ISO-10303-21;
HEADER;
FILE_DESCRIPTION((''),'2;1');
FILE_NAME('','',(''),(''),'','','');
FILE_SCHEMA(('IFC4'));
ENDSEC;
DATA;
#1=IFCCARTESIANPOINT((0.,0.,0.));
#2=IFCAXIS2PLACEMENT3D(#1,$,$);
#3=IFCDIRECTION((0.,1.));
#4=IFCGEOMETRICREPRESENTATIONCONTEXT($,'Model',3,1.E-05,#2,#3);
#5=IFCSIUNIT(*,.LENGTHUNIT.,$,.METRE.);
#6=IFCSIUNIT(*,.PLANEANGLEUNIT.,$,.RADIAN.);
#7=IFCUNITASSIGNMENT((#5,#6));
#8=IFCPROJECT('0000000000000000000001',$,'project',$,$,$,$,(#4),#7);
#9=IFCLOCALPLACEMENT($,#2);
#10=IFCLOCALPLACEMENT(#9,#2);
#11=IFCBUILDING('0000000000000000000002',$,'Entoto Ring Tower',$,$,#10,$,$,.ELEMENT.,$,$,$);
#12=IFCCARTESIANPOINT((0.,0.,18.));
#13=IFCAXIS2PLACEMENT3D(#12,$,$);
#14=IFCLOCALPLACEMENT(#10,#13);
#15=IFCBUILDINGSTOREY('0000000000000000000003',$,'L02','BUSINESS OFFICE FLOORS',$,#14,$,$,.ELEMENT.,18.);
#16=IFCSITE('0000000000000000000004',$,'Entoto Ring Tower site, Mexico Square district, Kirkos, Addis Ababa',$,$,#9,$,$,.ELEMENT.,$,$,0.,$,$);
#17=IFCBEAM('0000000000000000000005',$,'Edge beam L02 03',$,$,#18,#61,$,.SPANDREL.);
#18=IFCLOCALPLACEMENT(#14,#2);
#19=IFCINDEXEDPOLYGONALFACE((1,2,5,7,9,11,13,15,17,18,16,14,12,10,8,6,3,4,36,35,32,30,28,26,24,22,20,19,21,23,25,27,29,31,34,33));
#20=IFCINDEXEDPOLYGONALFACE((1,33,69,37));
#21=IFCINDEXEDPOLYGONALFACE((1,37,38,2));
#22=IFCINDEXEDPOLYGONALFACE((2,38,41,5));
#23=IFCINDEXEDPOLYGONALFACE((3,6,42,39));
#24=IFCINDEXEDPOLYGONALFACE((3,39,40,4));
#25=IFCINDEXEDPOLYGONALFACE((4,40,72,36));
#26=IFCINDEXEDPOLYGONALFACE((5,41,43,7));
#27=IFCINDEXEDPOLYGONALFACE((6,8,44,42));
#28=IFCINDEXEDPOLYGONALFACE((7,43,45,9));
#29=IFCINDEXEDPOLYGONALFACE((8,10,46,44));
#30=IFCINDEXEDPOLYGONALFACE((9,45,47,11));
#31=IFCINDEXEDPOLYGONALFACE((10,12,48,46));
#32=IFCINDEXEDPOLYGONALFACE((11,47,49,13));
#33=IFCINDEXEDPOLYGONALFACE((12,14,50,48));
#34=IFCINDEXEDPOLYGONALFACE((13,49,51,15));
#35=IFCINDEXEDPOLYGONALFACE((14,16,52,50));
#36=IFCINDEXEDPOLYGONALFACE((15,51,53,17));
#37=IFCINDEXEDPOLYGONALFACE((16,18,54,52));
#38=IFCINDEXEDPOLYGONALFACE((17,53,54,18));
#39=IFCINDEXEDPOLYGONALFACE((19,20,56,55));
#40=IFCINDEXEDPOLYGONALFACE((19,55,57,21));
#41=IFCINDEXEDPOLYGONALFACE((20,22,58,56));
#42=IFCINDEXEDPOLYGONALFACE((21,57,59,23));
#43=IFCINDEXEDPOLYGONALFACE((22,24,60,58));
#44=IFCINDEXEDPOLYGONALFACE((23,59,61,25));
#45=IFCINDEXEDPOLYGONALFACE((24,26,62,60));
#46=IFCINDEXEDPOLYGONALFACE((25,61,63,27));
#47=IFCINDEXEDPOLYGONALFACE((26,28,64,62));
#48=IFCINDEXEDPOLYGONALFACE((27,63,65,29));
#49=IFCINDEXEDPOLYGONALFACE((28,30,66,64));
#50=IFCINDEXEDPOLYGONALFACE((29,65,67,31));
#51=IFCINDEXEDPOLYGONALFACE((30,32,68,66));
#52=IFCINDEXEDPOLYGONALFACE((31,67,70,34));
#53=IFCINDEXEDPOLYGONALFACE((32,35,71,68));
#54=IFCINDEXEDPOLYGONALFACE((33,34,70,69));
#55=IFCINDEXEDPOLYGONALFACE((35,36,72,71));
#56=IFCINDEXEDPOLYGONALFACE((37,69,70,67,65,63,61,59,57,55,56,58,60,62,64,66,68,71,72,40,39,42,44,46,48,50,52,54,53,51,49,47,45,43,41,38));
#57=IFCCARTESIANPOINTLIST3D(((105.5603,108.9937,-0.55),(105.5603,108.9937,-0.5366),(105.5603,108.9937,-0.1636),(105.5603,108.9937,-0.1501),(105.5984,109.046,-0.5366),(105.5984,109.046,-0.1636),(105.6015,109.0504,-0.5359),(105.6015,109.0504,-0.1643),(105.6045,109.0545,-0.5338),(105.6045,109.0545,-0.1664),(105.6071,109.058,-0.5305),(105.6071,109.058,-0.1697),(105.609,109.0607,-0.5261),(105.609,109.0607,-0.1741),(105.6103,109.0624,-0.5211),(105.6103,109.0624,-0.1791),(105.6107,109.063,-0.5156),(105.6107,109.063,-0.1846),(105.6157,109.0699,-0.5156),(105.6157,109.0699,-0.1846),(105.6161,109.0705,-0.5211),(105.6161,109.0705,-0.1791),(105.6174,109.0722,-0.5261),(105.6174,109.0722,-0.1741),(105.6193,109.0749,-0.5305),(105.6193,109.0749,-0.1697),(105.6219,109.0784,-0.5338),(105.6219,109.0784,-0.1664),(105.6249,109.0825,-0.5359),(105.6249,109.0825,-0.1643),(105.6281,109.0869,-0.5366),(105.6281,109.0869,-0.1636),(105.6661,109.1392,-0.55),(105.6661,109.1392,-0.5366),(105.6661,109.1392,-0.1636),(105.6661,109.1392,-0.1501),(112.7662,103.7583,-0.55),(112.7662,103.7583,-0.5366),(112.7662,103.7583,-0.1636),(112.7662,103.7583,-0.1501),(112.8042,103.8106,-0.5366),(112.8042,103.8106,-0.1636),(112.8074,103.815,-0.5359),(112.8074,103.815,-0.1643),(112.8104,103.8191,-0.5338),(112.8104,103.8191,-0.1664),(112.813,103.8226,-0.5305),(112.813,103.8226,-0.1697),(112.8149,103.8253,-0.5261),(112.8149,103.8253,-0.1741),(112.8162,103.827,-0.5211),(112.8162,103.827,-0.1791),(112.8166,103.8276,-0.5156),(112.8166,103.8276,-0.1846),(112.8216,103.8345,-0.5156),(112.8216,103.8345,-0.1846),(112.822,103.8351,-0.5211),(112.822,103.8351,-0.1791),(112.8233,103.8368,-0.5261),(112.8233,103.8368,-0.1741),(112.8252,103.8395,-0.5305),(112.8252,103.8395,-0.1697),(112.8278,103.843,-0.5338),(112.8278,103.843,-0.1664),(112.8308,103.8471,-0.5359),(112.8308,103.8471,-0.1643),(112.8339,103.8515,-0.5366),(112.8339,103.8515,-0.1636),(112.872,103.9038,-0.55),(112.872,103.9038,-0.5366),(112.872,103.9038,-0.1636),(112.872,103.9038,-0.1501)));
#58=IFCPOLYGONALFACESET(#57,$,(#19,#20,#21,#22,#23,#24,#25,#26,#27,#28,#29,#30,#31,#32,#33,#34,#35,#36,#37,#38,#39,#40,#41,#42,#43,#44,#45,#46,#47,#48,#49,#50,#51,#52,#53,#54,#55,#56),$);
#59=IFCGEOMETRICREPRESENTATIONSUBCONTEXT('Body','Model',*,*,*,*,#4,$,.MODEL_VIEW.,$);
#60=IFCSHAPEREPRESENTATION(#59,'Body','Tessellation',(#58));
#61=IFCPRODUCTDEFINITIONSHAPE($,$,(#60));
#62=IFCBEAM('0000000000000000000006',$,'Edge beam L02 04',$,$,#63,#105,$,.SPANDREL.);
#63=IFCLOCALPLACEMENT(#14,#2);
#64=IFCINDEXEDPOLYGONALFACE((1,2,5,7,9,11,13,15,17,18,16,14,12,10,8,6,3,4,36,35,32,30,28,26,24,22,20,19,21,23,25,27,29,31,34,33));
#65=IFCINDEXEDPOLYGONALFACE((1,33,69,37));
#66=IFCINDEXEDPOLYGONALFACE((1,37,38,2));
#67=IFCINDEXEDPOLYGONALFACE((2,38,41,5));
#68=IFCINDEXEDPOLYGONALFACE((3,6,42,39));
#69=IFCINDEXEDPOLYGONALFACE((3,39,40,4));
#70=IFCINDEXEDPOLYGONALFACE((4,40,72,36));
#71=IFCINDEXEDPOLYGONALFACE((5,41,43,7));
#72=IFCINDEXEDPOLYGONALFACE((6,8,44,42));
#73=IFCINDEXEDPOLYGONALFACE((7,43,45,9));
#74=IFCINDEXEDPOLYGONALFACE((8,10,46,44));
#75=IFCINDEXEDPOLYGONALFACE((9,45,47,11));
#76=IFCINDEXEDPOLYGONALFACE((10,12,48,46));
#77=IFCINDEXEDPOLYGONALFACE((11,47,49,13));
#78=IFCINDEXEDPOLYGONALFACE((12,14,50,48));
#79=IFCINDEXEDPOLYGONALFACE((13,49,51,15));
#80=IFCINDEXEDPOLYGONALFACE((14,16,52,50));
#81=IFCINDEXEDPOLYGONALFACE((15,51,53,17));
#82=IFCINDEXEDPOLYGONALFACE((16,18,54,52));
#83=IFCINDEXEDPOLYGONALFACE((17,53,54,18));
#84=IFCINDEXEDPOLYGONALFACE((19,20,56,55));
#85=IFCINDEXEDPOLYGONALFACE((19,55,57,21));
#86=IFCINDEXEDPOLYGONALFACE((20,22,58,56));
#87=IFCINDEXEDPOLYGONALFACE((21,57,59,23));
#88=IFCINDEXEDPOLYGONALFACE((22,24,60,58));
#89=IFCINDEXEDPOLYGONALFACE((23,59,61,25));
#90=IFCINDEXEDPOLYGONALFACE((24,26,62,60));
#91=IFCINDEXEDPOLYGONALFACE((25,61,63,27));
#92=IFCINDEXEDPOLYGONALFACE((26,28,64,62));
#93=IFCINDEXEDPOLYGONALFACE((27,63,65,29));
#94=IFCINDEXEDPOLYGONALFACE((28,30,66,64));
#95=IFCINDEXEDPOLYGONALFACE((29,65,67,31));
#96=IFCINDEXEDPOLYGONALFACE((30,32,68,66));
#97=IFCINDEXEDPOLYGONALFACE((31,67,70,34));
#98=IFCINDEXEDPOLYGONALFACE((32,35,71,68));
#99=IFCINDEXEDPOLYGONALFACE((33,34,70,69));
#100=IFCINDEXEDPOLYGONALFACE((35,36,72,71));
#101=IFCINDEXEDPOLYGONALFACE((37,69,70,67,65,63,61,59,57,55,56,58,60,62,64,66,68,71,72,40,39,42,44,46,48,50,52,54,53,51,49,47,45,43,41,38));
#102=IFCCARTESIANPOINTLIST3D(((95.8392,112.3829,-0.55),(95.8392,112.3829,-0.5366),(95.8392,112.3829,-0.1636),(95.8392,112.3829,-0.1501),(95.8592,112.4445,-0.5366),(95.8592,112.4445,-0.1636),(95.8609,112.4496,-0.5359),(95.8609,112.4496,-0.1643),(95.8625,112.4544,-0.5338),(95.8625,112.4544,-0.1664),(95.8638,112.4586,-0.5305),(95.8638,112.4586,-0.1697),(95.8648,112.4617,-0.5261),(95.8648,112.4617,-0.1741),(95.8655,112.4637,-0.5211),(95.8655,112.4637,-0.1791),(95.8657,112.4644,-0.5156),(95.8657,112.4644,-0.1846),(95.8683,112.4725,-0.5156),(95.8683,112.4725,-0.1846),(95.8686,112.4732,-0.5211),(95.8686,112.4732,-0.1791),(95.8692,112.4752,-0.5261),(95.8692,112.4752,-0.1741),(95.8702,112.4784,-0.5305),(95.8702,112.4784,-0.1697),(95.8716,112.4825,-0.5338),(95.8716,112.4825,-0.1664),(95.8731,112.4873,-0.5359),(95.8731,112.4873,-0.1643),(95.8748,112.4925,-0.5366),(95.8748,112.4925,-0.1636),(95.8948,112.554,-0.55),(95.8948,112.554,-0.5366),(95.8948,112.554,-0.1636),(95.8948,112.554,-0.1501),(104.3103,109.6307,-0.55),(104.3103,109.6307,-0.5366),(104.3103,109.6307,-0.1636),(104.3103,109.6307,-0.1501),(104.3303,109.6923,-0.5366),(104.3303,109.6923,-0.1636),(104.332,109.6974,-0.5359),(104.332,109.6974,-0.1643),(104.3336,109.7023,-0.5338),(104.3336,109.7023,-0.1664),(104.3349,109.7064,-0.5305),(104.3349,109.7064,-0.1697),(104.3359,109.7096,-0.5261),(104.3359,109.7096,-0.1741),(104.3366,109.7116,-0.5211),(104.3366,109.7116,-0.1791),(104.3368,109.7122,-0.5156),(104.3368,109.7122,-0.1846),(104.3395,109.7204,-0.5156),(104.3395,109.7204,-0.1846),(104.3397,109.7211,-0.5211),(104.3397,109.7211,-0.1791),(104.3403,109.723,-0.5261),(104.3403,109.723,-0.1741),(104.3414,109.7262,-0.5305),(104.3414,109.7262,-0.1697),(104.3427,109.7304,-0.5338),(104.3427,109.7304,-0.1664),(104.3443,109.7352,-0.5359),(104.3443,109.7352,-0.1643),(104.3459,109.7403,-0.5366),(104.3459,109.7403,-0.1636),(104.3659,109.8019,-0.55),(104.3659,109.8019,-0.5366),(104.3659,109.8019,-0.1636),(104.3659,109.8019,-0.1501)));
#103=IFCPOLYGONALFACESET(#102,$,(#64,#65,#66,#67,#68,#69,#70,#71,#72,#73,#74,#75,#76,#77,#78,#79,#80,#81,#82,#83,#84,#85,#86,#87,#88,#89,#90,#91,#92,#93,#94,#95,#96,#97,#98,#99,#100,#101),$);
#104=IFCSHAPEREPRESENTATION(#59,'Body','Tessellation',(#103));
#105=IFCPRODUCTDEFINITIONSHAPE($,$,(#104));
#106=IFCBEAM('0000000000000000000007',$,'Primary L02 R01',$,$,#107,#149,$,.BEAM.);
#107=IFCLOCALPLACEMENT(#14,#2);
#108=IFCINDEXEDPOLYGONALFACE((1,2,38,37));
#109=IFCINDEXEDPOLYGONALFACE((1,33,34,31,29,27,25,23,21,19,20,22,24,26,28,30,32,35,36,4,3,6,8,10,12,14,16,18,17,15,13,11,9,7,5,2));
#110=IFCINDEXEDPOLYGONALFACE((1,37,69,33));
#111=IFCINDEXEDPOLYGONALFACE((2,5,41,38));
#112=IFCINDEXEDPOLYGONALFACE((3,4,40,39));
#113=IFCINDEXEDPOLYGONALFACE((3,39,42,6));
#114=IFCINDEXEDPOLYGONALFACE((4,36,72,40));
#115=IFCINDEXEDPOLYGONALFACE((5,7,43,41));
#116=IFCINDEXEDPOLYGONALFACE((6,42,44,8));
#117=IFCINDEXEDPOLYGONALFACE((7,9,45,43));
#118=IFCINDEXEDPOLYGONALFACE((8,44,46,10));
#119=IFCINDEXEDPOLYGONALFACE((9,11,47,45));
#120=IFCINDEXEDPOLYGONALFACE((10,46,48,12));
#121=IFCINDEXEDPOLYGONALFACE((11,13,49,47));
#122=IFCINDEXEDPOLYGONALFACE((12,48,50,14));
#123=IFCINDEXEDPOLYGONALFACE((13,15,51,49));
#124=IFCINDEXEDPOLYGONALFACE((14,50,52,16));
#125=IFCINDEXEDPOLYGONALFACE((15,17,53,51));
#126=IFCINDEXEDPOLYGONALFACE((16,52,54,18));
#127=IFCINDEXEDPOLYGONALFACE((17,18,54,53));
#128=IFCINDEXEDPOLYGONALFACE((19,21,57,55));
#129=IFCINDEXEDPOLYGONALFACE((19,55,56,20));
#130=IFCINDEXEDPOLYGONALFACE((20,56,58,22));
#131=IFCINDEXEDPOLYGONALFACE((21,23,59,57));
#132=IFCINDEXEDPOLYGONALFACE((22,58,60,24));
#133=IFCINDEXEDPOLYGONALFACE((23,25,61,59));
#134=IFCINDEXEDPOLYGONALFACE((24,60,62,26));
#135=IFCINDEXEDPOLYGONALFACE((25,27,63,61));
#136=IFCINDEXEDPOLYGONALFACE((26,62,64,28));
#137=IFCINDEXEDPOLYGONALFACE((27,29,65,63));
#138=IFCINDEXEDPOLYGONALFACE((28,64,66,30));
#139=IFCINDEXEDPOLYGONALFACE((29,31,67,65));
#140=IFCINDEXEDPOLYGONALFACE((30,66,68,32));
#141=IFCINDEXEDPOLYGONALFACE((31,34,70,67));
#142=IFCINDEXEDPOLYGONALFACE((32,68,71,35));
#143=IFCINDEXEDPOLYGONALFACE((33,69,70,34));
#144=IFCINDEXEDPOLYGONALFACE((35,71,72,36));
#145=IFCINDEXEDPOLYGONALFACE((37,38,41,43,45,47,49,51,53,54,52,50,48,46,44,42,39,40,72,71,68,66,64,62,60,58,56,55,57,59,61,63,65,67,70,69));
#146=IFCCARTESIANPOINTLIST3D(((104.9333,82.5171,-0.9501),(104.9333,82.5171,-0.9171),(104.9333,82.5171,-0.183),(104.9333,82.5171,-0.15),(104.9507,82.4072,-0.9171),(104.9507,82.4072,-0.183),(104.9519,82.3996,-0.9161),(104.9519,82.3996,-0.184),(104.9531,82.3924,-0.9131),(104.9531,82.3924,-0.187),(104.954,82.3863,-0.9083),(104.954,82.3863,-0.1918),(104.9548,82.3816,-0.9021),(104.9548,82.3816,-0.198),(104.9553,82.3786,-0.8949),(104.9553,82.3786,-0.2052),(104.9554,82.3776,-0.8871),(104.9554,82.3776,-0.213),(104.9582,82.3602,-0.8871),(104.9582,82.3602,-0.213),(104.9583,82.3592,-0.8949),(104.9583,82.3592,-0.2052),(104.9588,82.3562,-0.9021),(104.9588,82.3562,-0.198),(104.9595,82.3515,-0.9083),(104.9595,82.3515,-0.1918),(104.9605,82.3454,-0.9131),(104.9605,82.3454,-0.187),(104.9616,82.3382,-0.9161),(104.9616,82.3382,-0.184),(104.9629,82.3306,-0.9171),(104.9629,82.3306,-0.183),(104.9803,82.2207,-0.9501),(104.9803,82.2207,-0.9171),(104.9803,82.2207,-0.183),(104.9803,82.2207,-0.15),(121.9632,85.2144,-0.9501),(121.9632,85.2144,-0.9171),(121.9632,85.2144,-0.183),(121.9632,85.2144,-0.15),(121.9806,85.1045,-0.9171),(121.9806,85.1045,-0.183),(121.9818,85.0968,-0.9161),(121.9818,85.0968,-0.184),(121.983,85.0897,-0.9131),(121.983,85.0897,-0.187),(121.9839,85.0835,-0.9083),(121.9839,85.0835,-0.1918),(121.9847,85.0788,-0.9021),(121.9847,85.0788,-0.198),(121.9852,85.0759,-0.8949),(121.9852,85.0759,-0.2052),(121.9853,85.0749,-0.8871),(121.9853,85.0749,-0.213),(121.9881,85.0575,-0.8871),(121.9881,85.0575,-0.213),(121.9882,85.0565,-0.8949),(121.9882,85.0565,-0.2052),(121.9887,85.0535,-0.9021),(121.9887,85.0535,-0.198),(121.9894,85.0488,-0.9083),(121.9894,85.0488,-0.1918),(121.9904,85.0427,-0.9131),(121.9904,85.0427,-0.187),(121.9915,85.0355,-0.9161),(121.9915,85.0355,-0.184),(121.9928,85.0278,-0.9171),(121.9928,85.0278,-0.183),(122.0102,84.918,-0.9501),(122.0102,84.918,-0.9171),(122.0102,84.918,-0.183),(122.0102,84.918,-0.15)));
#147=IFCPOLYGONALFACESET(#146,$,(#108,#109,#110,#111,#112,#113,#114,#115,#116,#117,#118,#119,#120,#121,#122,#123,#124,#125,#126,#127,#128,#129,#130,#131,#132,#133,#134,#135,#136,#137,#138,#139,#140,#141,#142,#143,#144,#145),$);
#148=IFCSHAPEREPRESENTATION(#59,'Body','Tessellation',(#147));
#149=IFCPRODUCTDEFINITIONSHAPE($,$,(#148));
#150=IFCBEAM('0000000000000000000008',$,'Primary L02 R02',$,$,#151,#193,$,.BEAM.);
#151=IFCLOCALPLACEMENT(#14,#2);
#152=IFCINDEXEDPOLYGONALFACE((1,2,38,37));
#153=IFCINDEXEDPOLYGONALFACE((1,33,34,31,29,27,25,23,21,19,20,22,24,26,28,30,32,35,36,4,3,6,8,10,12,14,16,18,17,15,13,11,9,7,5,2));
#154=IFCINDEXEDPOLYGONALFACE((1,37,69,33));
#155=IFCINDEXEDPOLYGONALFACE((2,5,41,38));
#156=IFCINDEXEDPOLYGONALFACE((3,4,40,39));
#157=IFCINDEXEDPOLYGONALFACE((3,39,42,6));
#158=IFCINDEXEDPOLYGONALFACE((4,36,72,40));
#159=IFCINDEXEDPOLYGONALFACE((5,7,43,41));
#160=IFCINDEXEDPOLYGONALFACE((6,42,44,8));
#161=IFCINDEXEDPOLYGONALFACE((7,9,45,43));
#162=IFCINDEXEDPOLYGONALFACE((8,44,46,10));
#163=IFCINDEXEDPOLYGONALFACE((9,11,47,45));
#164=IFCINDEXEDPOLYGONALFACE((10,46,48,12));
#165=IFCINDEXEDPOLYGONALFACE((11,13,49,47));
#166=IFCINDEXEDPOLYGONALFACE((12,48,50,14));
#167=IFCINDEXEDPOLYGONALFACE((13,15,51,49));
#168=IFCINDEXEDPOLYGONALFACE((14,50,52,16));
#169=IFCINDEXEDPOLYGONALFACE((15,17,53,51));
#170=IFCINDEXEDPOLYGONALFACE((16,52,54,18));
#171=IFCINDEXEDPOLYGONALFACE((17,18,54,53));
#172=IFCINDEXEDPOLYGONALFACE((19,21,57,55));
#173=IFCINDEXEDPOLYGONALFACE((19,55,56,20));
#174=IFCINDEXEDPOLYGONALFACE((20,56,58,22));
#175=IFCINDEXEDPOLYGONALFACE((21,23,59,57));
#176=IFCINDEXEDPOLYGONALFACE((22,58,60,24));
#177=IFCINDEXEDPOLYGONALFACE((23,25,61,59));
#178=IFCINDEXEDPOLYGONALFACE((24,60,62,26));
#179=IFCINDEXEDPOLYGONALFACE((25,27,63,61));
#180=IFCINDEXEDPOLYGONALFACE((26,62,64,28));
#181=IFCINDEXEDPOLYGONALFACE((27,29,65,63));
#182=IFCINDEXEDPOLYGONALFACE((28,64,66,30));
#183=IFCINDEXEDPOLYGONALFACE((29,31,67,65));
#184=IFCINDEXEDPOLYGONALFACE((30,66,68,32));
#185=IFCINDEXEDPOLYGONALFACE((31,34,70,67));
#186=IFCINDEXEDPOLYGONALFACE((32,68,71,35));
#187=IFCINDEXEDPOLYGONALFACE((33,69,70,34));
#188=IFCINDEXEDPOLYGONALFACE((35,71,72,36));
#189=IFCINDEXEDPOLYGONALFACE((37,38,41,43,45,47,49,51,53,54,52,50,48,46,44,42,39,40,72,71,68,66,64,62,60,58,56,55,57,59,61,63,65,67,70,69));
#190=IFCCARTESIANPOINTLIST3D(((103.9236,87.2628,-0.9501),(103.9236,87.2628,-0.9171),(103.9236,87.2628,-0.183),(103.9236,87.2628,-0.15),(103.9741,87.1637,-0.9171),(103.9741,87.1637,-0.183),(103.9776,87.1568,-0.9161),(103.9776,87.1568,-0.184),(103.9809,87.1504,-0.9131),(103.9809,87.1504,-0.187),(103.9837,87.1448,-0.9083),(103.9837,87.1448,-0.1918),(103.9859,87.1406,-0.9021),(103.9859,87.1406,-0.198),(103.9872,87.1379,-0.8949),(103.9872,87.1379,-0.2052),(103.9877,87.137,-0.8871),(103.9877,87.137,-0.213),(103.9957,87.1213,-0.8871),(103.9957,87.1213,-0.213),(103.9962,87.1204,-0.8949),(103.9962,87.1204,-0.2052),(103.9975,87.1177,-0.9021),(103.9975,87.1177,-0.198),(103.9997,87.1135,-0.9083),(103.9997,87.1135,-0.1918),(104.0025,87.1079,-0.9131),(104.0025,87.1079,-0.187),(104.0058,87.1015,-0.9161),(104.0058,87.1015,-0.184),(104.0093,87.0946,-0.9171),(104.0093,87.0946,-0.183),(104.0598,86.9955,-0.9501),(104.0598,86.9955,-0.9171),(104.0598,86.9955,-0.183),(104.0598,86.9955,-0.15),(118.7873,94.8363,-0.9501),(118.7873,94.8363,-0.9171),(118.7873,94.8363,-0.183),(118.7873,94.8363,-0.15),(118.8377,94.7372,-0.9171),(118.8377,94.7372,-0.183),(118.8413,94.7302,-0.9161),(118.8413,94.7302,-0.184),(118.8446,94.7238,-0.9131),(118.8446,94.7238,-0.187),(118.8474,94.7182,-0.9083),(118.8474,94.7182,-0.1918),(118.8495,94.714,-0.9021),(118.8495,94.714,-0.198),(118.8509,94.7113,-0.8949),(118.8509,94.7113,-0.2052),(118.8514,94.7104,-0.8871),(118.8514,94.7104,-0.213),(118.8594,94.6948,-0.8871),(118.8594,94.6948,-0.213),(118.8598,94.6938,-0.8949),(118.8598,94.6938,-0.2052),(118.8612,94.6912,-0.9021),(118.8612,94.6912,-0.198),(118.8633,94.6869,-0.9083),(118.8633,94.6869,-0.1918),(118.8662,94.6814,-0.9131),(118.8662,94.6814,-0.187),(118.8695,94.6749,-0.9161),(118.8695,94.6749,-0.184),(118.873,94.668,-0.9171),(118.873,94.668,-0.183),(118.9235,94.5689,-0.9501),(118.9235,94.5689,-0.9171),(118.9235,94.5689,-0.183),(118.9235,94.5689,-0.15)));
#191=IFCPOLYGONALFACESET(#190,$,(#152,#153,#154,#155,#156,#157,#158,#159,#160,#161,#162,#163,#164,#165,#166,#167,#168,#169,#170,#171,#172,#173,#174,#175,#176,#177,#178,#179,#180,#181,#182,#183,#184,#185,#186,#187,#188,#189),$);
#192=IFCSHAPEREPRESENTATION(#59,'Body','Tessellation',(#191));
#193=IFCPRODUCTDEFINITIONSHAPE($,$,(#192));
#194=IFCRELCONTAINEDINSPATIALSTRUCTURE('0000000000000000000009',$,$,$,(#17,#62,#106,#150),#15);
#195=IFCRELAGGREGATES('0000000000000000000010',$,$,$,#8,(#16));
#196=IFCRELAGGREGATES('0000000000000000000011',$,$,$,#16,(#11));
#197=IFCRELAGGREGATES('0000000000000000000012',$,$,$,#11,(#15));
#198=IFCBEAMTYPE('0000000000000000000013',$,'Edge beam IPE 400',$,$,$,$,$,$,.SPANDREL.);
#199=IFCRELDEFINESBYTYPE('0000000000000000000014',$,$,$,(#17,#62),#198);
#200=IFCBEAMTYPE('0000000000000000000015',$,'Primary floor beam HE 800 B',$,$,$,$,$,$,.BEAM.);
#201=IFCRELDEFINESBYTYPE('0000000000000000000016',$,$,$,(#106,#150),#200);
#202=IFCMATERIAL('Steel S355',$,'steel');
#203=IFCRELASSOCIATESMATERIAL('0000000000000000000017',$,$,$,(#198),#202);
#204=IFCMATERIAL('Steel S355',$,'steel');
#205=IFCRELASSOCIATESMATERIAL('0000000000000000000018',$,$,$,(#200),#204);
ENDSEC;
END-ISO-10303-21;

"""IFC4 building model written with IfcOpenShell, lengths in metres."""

from ifc_helpers import new_model, si_unit, direction, frame, origin, origin_2d, place, context, subcontext, project, spatial, i_section, extrude, material, material_profile, profile_set, type_object, element, save


model = new_model("IFC4")

# Units and contexts
model_context = context("Model", 3, precision=1e-05, world=origin(), true_north=direction((0.0, 1.0)))
body_context = subcontext(model_context, "Body", "Model", "MODEL_VIEW")
ifc_project = project(units=[si_unit("LENGTHUNIT", "METRE"), si_unit("PLANEANGLEUNIT", "RADIAN")], contexts=[model_context])

# Site, building, storey
site_placement = place(None, origin())
site = spatial("IfcSite", under=ifc_project, at=site_placement, Name="Entoto Ring Tower site, Mexico Square district, Kirkos, Addis Ababa", CompositionType="ELEMENT", RefElevation=0.0)
building_placement = place(site_placement, origin())
building = spatial("IfcBuilding", under=site, at=building_placement, Name="Entoto Ring Tower", CompositionType="ELEMENT")
storey_placement = place(building_placement, frame((0.0, 0.0, 18.0)))
storey = spatial("IfcBuildingStorey", under=building, at=storey_placement, Name="L02", Description="BUSINESS OFFICE FLOORS", CompositionType="ELEMENT", Elevation=18.0)

# Beams
ifc_material_1 = material(Name="Steel S355", Category="steel")
ifc_material_profile_1 = material_profile(ifc_material_1, i_section(OverallWidth=0.1799, OverallDepth=0.3999, WebThickness=0.0085, FlangeThickness=0.0134, FilletRadius=0.021, at=origin_2d()), Name="IPE 400")
ifc_profile_set_1 = profile_set([ifc_material_profile_1], Name="Steel S355")
beam_type_1 = type_object("IfcBeamType", Name="Edge beam IPE 400", PredefinedType="SPANDREL", material=ifc_profile_set_1)
for number, where, z_axis, x_axis, name in (
    (1, (112.8191, 103.8311, -0.3501), (-0.809016, 0.587787, 0.0), (-0.587787, -0.809016, 0.0), "Edge beam L02 03"),
    (2, (104.3381, 109.7163, -0.3501), (-0.951065, 0.308991, 0.0), (-0.308991, -0.951065, 0.0), "Edge beam L02 04"),
):
    element("IfcBeam", number, at=place(storey_placement, frame(where, z_axis=z_axis, x_axis=x_axis)), inside=storey, type_object=beam_type_1, Name=name, PredefinedType="SPANDREL", context=body_context, shape_type="SweptSolid", body=[
        extrude(i_section(OverallWidth=0.1799, OverallDepth=0.3999, WebThickness=0.0085, FlangeThickness=0.0134, FilletRadius=0.021, at=origin_2d()), origin(), (0.0, 0.0, 1.0), 8.907),
    ])
ifc_material_2 = material(Name="Steel S355", Category="steel")
ifc_material_profile_2 = material_profile(ifc_material_2, i_section(OverallWidth=0.3, OverallDepth=0.8, WebThickness=0.0176, FlangeThickness=0.033, FilletRadius=0.03, at=origin_2d()), Name="HE 800 B")
ifc_profile_set_2 = profile_set([ifc_material_profile_2], Name="Steel S355")
beam_type_2 = type_object("IfcBeamType", Name="Primary floor beam HE 800 B", PredefinedType="BEAM", material=ifc_profile_set_2)
beam_1_placement = place(storey_placement, frame((104.9568, 82.3689, -0.55), z_axis=(0.987688, 0.156435, 0.0), x_axis=(-0.156435, 0.987688, 0.0)))
element("IfcBeam", 3, at=beam_1_placement, inside=storey, type_object=beam_type_2, Name="Primary L02 R01", PredefinedType="BEAM", context=body_context, shape_type="SweptSolid", body=[
    extrude(i_section(OverallWidth=0.3, OverallDepth=0.8, WebThickness=0.0176, FlangeThickness=0.033, FilletRadius=0.03, at=origin_2d()), origin(), (0.0, 0.0, 1.0), 17.2422),
])
beam_2_placement = place(storey_placement, frame((103.9917, 87.1292, -0.55), z_axis=(0.891006, 0.453991, 0.0), x_axis=(-0.453991, 0.891006, 0.0)))
element("IfcBeam", 4, at=beam_2_placement, inside=storey, type_object=beam_type_2, Name="Primary L02 R02", PredefinedType="BEAM", context=body_context, shape_type="SweptSolid", body=[
    extrude(i_section(OverallWidth=0.3, OverallDepth=0.8, WebThickness=0.0176, FlangeThickness=0.033, FilletRadius=0.03, at=origin_2d()), origin(), (0.0, 0.0, 1.0), 16.6819),
])

save(model, "model.ifc")
